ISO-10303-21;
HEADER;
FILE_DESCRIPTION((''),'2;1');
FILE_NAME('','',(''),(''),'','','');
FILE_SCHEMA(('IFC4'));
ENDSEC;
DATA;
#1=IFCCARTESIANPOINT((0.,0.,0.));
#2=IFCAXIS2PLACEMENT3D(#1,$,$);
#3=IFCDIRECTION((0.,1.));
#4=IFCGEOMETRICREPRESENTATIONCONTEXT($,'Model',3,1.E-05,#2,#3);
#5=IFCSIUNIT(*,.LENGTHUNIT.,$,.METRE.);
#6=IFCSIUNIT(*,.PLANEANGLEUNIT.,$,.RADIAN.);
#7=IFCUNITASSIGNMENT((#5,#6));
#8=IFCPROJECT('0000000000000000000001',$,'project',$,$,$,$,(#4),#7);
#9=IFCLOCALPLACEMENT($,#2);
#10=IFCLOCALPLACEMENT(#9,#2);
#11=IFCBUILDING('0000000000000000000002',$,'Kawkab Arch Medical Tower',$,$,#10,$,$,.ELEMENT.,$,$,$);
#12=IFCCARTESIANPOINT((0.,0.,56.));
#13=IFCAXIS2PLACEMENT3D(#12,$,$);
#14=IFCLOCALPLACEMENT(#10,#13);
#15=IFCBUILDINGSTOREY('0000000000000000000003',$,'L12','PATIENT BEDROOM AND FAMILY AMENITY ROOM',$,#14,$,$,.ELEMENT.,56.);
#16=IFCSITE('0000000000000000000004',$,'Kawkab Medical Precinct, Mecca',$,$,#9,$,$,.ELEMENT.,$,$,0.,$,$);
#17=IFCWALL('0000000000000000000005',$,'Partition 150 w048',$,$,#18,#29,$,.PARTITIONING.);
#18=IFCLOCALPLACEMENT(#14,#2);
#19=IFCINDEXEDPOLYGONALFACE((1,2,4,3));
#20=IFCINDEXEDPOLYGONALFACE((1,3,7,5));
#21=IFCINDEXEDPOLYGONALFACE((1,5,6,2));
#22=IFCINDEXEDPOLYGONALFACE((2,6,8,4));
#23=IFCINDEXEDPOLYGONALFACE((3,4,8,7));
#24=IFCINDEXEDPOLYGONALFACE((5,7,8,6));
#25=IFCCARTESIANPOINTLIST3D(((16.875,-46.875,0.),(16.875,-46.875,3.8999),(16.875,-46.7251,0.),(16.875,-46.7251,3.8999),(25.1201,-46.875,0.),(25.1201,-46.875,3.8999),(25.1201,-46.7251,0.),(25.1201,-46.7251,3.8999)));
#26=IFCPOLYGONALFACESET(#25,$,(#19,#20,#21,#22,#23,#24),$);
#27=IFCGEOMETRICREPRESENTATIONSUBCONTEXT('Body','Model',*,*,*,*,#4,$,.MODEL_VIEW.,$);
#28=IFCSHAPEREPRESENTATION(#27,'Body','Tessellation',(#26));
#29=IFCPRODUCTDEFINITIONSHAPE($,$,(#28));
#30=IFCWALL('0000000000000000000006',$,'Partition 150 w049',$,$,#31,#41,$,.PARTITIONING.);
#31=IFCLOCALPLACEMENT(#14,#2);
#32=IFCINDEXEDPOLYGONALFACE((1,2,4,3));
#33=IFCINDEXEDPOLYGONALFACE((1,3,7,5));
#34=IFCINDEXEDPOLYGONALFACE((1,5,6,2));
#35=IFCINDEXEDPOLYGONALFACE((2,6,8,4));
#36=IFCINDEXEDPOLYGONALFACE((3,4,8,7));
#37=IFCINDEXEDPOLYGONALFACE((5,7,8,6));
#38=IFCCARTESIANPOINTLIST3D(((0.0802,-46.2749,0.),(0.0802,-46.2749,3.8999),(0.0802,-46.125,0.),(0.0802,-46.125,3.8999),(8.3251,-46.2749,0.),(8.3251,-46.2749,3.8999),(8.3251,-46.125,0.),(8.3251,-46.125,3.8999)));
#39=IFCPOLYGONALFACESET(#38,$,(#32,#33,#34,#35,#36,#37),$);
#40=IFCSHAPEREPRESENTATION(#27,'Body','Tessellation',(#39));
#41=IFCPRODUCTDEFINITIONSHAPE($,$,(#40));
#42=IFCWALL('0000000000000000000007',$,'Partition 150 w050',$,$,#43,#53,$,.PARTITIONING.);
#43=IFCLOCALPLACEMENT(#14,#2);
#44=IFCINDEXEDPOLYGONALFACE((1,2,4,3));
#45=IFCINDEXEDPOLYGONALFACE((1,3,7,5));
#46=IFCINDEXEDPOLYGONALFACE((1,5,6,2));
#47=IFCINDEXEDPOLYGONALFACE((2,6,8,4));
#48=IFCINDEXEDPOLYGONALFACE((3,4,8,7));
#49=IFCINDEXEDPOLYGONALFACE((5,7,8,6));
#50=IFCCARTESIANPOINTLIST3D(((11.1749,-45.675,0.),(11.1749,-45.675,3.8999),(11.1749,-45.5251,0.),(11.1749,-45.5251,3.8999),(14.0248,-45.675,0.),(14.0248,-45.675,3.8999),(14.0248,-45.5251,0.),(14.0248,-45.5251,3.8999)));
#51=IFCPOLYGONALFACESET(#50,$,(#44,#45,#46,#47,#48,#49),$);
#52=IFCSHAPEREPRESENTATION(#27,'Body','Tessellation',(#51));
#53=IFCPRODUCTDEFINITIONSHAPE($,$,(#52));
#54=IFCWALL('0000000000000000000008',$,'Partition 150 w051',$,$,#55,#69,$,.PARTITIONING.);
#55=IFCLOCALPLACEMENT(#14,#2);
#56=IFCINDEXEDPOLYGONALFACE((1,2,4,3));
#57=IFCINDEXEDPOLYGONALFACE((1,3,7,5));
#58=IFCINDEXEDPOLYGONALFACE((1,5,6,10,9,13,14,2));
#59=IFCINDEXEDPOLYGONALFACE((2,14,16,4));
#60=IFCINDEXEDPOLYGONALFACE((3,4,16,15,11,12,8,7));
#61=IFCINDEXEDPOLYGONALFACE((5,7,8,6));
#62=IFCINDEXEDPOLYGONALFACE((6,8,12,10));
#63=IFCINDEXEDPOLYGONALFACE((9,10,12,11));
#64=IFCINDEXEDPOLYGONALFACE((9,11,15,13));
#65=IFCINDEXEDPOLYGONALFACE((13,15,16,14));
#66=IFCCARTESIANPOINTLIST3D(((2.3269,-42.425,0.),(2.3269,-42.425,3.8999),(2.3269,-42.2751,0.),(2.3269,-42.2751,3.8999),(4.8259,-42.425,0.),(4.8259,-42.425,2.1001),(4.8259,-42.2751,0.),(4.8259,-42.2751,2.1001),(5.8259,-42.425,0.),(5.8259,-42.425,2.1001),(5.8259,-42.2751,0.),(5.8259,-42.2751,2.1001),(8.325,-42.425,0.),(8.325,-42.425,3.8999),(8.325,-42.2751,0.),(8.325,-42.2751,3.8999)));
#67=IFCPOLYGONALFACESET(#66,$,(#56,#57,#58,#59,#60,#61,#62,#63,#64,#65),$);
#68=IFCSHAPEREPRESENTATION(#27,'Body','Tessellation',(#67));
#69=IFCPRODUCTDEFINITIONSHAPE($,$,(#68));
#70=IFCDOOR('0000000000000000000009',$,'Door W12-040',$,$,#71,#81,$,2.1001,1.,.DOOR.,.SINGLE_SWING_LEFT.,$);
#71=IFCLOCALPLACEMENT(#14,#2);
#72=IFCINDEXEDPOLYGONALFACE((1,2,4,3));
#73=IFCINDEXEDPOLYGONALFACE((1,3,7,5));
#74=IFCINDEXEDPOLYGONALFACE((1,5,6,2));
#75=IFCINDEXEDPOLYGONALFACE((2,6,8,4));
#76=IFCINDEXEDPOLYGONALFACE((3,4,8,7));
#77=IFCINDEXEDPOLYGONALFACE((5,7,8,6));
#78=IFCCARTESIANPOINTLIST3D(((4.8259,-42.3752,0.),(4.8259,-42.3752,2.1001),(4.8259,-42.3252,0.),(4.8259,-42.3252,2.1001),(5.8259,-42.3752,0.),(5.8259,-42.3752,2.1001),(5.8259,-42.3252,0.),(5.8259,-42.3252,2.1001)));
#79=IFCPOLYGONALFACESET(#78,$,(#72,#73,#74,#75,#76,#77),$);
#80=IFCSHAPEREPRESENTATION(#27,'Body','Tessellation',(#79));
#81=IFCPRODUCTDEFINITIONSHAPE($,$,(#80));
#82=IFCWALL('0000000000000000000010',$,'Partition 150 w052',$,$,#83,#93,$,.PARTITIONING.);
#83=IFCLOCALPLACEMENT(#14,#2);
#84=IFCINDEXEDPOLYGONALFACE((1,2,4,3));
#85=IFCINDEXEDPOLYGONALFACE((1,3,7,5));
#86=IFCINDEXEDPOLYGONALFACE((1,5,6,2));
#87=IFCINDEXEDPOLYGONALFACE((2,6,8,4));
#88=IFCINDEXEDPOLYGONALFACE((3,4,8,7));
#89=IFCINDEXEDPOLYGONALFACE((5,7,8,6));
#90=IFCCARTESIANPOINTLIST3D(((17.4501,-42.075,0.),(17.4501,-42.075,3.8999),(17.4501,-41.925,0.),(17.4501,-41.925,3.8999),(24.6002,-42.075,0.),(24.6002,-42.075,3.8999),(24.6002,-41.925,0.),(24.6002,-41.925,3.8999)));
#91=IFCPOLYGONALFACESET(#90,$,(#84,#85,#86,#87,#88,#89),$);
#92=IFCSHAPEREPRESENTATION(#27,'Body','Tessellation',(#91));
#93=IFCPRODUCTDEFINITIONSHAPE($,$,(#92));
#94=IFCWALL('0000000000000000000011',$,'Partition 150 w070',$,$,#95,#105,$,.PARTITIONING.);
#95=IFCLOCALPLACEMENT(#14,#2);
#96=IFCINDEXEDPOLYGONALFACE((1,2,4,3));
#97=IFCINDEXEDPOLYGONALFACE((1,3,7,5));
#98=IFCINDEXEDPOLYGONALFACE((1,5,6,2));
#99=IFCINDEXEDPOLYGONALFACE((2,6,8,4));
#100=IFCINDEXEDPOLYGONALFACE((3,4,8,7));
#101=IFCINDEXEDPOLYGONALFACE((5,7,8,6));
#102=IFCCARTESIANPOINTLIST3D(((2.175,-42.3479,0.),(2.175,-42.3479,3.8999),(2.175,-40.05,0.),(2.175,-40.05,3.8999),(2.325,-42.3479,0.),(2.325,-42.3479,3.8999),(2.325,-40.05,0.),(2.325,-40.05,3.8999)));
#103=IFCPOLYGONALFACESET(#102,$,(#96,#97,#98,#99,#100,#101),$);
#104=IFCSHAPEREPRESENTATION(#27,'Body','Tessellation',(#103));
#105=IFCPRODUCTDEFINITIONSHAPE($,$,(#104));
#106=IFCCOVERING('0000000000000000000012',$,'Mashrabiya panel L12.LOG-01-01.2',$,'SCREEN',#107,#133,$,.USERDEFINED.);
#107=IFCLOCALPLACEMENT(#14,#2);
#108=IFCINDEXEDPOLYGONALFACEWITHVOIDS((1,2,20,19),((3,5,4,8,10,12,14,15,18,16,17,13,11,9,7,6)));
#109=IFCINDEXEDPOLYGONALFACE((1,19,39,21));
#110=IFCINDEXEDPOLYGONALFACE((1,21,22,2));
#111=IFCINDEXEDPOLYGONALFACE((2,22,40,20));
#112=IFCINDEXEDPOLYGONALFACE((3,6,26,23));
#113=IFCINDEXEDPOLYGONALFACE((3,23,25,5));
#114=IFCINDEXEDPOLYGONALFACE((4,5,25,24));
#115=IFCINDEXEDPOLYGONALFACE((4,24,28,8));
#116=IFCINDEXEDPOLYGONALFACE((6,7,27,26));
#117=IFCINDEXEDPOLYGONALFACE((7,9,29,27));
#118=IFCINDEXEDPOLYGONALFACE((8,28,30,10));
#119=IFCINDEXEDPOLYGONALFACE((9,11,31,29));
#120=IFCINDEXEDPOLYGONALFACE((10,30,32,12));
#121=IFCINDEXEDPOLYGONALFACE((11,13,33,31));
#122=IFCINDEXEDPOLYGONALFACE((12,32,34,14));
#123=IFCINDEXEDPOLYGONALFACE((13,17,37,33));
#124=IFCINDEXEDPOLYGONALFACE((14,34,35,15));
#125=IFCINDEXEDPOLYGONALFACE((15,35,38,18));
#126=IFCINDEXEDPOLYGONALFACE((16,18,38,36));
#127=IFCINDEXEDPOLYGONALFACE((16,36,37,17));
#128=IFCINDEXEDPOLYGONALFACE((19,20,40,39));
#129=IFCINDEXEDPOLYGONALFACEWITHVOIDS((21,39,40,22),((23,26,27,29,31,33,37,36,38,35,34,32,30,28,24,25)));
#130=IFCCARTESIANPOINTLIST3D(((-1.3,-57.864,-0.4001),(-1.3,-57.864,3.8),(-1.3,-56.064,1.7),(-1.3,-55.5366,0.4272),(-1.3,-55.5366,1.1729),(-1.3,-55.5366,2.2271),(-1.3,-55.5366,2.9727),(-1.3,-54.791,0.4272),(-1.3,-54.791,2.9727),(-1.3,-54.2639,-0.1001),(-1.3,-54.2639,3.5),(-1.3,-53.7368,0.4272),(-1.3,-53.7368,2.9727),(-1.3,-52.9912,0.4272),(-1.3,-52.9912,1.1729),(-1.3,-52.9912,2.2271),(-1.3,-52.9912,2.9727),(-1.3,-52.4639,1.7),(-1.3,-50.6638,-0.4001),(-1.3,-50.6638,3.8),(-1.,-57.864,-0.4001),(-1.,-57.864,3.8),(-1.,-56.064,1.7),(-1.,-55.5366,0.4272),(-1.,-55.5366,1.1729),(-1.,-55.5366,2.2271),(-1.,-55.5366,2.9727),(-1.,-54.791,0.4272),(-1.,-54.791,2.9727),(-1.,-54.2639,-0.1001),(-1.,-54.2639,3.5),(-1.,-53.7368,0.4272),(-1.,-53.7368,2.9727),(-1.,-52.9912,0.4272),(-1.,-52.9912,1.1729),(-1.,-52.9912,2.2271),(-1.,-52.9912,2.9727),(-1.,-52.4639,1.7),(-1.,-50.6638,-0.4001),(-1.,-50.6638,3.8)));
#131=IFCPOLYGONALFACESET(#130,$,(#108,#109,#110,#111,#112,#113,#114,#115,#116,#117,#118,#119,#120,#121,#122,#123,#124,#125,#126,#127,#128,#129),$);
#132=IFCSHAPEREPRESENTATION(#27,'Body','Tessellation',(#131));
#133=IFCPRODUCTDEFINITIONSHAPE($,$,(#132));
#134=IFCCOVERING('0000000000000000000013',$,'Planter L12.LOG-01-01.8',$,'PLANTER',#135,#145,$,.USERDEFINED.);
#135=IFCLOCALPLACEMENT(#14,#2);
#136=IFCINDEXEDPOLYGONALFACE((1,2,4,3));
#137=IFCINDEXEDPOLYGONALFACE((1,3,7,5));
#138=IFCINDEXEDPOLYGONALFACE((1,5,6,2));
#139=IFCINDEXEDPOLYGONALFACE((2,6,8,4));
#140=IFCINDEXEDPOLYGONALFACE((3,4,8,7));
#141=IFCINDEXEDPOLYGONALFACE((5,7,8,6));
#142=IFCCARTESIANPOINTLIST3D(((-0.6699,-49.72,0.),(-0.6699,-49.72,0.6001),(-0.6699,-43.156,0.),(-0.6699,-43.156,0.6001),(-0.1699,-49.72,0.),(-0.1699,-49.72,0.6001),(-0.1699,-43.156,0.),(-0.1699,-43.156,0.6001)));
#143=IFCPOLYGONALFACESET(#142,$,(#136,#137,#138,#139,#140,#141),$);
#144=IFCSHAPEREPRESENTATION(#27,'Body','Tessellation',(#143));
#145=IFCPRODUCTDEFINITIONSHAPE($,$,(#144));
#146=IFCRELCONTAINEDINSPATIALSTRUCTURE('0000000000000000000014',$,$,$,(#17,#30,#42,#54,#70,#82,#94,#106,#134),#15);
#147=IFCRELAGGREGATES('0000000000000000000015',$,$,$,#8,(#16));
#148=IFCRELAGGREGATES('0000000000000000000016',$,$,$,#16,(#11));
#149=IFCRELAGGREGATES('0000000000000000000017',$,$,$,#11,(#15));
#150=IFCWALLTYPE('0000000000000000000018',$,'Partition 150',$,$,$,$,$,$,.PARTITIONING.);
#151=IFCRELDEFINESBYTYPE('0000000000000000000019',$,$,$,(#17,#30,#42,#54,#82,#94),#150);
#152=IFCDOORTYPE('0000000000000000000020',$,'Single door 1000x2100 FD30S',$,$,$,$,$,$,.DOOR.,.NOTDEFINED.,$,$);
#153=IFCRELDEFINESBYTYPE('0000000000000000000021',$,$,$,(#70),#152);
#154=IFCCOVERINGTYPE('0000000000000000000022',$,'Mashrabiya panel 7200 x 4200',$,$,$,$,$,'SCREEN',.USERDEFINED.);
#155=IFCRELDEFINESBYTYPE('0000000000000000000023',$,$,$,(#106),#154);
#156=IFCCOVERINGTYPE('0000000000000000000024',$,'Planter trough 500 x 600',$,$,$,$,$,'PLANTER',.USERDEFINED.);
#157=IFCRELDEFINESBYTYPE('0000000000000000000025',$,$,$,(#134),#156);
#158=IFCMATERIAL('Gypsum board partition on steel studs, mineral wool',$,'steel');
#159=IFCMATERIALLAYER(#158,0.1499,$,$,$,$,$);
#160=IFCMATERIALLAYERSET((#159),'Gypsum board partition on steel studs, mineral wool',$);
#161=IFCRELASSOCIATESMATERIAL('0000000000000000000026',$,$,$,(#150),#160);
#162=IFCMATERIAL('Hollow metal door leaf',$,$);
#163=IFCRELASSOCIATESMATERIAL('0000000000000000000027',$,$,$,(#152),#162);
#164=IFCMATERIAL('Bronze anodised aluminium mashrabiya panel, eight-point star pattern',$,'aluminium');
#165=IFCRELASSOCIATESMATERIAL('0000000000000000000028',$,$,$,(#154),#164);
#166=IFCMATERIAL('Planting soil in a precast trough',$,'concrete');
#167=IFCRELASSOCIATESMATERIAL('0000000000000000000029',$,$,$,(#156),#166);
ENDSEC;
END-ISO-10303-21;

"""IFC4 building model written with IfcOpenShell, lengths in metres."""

from ifc_helpers import new_model, si_unit, direction, frame, frame_2d, origin, origin_2d, place, context, subcontext, project, spatial, polyline, rectangle, outline, extrude, material, layer, layer_set, material_profile, profile_set, type_object, element, fill, save


model = new_model("IFC4")

# Units and contexts
model_context = context("Model", 3, precision=1e-05, world=origin(), true_north=direction((0.0, 1.0)))
body_context = subcontext(model_context, "Body", "Model", "MODEL_VIEW")
ifc_project = project(units=[si_unit("LENGTHUNIT", "METRE"), si_unit("PLANEANGLEUNIT", "RADIAN")], contexts=[model_context])

# Site, building, storey
site_placement = place(None, origin())
site = spatial("IfcSite", under=ifc_project, at=site_placement, Name="Kawkab Medical Precinct, Mecca", CompositionType="ELEMENT", RefElevation=0.0)
building_placement = place(site_placement, origin())
building = spatial("IfcBuilding", under=site, at=building_placement, Name="Kawkab Arch Medical Tower", CompositionType="ELEMENT")
storey_placement = place(building_placement, frame((0.0, 0.0, 56.0)))
storey = spatial("IfcBuildingStorey", under=building, at=storey_placement, Name="L12", Description="PATIENT BEDROOM AND FAMILY AMENITY ROOM", CompositionType="ELEMENT", Elevation=56.0)

# Walls
ifc_material_1 = material(Name="Gypsum board partition on steel studs, mineral wool", Category="steel")
ifc_layer_1 = layer(ifc_material_1, 0.1499)
ifc_layer_set_1 = layer_set([ifc_layer_1], Name="Gypsum board partition on steel studs, mineral wool")
wall_type_1 = type_object("IfcWallType", Name="Partition 150", PredefinedType="PARTITIONING", material=ifc_layer_set_1)
wall_1_placement = place(storey_placement, frame((16.875, -46.8, 0.0), z_axis=(0.0, 0.0, 1.0), x_axis=(1.0, 0.0, 0.0)))
element("IfcWall", 1, at=wall_1_placement, inside=storey, type_object=wall_type_1, Name="Partition 150 w048", PredefinedType="PARTITIONING", context=body_context, shape_type="SweptSolid", body=[
    extrude(rectangle(XDim=8.2451, YDim=0.1499, at=frame_2d((4.1226, 0.0))), origin(), (0.0, 0.0, 1.0), 3.8999),
])
wall_2_placement = place(storey_placement, frame((0.0801, -46.2, 0.0), z_axis=(0.0, 0.0, 1.0), x_axis=(1.0, 0.0, 0.0)))
element("IfcWall", 2, at=wall_2_placement, inside=storey, type_object=wall_type_1, Name="Partition 150 w049", PredefinedType="PARTITIONING", context=body_context, shape_type="SweptSolid", body=[
    extrude(rectangle(XDim=8.2449, YDim=0.1499, at=frame_2d((4.1226, 0.0))), origin(), (0.0, 0.0, 1.0), 3.8999),
])
wall_3_placement = place(storey_placement, frame((11.175, -45.6001, 0.0), z_axis=(0.0, 0.0, 1.0), x_axis=(1.0, 0.0, 0.0)))
element("IfcWall", 3, at=wall_3_placement, inside=storey, type_object=wall_type_1, Name="Partition 150 w050", PredefinedType="PARTITIONING", context=body_context, shape_type="SweptSolid", body=[
    extrude(rectangle(XDim=2.8499, YDim=0.1499, at=frame_2d((1.4248, 0.0))), origin(), (0.0, 0.0, 1.0), 3.8999),
])

# Wall, opening, door
wall_4_placement = place(storey_placement, frame((2.3269, -42.3501, 0.0), z_axis=(0.0, 0.0, 1.0), x_axis=(1.0, 0.0, 0.0)))
wall_4 = element("IfcWall", 4, at=wall_4_placement, inside=storey, type_object=wall_type_1, Name="Partition 150 w051", PredefinedType="PARTITIONING", context=body_context, shape_type="SweptSolid", body=[
    extrude(rectangle(XDim=5.998, YDim=0.1499, at=frame_2d((2.999, 0.0))), origin(), (0.0, 0.0, 1.0), 3.8999),
])
opening_1_placement = place(wall_4_placement, frame((2.499, 0.0, 0.0)))
opening_1 = element("IfcOpeningElement", 5, at=opening_1_placement, cuts=wall_4, PredefinedType="OPENING", context=body_context, shape_type="SweptSolid", body=[
    extrude(rectangle(XDim=1.0, YDim=2.1001, at=frame_2d((0.5, 1.05))), frame((0.0, 0.085, 0.0), z_axis=(0.0, -1.0, 0.0), x_axis=(1.0, 0.0, 0.0)), (0.0, 0.0, 1.0), 0.1699),
])
ifc_material_2 = material(Name="Hollow metal door leaf")
door_type_1 = type_object("IfcDoorType", Name="Single door 1000x2100 FD30S", OperationType="NOTDEFINED", PredefinedType="DOOR", material=ifc_material_2)
door_1_placement = place(opening_1_placement, origin())
door_1 = element("IfcDoor", 6, at=door_1_placement, inside=storey, type_object=door_type_1, Name="Door W12-040", OperationType="SINGLE_SWING_LEFT", OverallHeight=2.1001, OverallWidth=1.0, PredefinedType="DOOR", context=body_context, shape_type="SweptSolid", body=[
    extrude(rectangle(XDim=1.0, YDim=2.1001, at=frame_2d((0.5, 1.05))), frame((0.0, 0.0249, 0.0), z_axis=(0.0, -1.0, 0.0), x_axis=(1.0, 0.0, 0.0)), (0.0, 0.0, 1.0), 0.05),
])
fill(opening_1, door_1)

# Walls
wall_5_placement = place(storey_placement, frame((17.45, -42.0, 0.0), z_axis=(0.0, 0.0, 1.0), x_axis=(1.0, 0.0, 0.0)))
element("IfcWall", 7, at=wall_5_placement, inside=storey, type_object=wall_type_1, Name="Partition 150 w052", PredefinedType="PARTITIONING", context=body_context, shape_type="SweptSolid", body=[
    extrude(rectangle(XDim=7.1501, YDim=0.1499, at=frame_2d((3.5752, 0.0))), origin(), (0.0, 0.0, 1.0), 3.8999),
])
wall_6_placement = place(storey_placement, frame((2.25, -42.3479, 0.0), z_axis=(0.0, 0.0, 1.0), x_axis=(0.0, 1.0, 0.0)))
element("IfcWall", 8, at=wall_6_placement, inside=storey, type_object=wall_type_1, Name="Partition 150 w070", PredefinedType="PARTITIONING", context=body_context, shape_type="SweptSolid", body=[
    extrude(rectangle(XDim=2.2979, YDim=0.1499, at=frame_2d((1.1489, 0.0))), origin(), (0.0, 0.0, 1.0), 3.8999),
])

# Coverings
ifc_material_3 = material(Name="Bronze anodised aluminium mashrabiya panel, eight-point star pattern", Category="aluminium")
ifc_material_profile_1 = material_profile(ifc_material_3, outline(polyline([(-3.6001, -2.1001), (3.6001, -2.1001), (3.6001, 2.1001), (-3.6001, 2.1001), (-3.6001, -2.1001)]), holes=[polyline([(1.8, 0.0), (1.2727, 0.5271), (1.2727, 1.2727), (0.5271, 1.2727), (0.0, 1.8), (-0.5271, 1.2727), (-1.2727, 1.2727), (-1.2727, 0.5271), (-1.8, 0.0), (-1.2727, -0.5271), (-1.2727, -1.2727), (-0.5271, -1.2727), (0.0, -1.8), (0.5271, -1.2727), (1.2727, -1.2727), (1.2727, -0.5271), (1.8, 0.0)])]), Name="Mashrabiya panel 7200x4200")
ifc_profile_set_1 = profile_set([ifc_material_profile_1], Name="Bronze anodised aluminium mashrabiya panel, eight-point star pattern")
covering_type_1 = type_object("IfcCoveringType", Name="Mashrabiya panel 7200 x 4200", ElementType="SCREEN", PredefinedType="USERDEFINED", material=ifc_profile_set_1)
covering_1_placement = place(storey_placement, frame((-1.0, -54.2639, 1.7), z_axis=(-1.0, 0.0, 0.0), x_axis=(0.0, -1.0, 0.0)))
element("IfcCovering", 9, at=covering_1_placement, inside=storey, type_object=covering_type_1, Name="Mashrabiya panel L12.LOG-01-01.2", ObjectType="SCREEN", PredefinedType="USERDEFINED", context=body_context, shape_type="SweptSolid", body=[
    extrude(outline(polyline([(-3.6001, -2.1001), (3.6001, -2.1001), (3.6001, 2.1001), (-3.6001, 2.1001), (-3.6001, -2.1001)]), holes=[polyline([(1.8, 0.0), (1.2727, 0.5271), (1.2727, 1.2727), (0.5271, 1.2727), (0.0, 1.8), (-0.5271, 1.2727), (-1.2727, 1.2727), (-1.2727, 0.5271), (-1.8, 0.0), (-1.2727, -0.5271), (-1.2727, -1.2727), (-0.5271, -1.2727), (0.0, -1.8), (0.5271, -1.2727), (1.2727, -1.2727), (1.2727, -0.5271), (1.8, 0.0)])]), origin(), (0.0, 0.0, 1.0), 0.3),
])
ifc_material_4 = material(Name="Planting soil in a precast trough", Category="concrete")
ifc_material_profile_2 = material_profile(ifc_material_4, rectangle(XDim=0.5, YDim=0.6001, at=origin_2d()), Name="Trough 500x600")
ifc_profile_set_2 = profile_set([ifc_material_profile_2], Name="Planting soil in a precast trough")
covering_type_2 = type_object("IfcCoveringType", Name="Planter trough 500 x 600", ElementType="PLANTER", PredefinedType="USERDEFINED", material=ifc_profile_set_2)
covering_2_placement = place(storey_placement, frame((-0.4199, -49.72, 0.3), z_axis=(0.0, 1.0, 0.0), x_axis=(-1.0, 0.0, 0.0)))
element("IfcCovering", 10, at=covering_2_placement, inside=storey, type_object=covering_type_2, Name="Planter L12.LOG-01-01.8", ObjectType="PLANTER", PredefinedType="USERDEFINED", context=body_context, shape_type="SweptSolid", body=[
    extrude(rectangle(XDim=0.5, YDim=0.6001, at=origin_2d()), origin(), (0.0, 0.0, 1.0), 6.564),
])

save(model, "model.ifc")
